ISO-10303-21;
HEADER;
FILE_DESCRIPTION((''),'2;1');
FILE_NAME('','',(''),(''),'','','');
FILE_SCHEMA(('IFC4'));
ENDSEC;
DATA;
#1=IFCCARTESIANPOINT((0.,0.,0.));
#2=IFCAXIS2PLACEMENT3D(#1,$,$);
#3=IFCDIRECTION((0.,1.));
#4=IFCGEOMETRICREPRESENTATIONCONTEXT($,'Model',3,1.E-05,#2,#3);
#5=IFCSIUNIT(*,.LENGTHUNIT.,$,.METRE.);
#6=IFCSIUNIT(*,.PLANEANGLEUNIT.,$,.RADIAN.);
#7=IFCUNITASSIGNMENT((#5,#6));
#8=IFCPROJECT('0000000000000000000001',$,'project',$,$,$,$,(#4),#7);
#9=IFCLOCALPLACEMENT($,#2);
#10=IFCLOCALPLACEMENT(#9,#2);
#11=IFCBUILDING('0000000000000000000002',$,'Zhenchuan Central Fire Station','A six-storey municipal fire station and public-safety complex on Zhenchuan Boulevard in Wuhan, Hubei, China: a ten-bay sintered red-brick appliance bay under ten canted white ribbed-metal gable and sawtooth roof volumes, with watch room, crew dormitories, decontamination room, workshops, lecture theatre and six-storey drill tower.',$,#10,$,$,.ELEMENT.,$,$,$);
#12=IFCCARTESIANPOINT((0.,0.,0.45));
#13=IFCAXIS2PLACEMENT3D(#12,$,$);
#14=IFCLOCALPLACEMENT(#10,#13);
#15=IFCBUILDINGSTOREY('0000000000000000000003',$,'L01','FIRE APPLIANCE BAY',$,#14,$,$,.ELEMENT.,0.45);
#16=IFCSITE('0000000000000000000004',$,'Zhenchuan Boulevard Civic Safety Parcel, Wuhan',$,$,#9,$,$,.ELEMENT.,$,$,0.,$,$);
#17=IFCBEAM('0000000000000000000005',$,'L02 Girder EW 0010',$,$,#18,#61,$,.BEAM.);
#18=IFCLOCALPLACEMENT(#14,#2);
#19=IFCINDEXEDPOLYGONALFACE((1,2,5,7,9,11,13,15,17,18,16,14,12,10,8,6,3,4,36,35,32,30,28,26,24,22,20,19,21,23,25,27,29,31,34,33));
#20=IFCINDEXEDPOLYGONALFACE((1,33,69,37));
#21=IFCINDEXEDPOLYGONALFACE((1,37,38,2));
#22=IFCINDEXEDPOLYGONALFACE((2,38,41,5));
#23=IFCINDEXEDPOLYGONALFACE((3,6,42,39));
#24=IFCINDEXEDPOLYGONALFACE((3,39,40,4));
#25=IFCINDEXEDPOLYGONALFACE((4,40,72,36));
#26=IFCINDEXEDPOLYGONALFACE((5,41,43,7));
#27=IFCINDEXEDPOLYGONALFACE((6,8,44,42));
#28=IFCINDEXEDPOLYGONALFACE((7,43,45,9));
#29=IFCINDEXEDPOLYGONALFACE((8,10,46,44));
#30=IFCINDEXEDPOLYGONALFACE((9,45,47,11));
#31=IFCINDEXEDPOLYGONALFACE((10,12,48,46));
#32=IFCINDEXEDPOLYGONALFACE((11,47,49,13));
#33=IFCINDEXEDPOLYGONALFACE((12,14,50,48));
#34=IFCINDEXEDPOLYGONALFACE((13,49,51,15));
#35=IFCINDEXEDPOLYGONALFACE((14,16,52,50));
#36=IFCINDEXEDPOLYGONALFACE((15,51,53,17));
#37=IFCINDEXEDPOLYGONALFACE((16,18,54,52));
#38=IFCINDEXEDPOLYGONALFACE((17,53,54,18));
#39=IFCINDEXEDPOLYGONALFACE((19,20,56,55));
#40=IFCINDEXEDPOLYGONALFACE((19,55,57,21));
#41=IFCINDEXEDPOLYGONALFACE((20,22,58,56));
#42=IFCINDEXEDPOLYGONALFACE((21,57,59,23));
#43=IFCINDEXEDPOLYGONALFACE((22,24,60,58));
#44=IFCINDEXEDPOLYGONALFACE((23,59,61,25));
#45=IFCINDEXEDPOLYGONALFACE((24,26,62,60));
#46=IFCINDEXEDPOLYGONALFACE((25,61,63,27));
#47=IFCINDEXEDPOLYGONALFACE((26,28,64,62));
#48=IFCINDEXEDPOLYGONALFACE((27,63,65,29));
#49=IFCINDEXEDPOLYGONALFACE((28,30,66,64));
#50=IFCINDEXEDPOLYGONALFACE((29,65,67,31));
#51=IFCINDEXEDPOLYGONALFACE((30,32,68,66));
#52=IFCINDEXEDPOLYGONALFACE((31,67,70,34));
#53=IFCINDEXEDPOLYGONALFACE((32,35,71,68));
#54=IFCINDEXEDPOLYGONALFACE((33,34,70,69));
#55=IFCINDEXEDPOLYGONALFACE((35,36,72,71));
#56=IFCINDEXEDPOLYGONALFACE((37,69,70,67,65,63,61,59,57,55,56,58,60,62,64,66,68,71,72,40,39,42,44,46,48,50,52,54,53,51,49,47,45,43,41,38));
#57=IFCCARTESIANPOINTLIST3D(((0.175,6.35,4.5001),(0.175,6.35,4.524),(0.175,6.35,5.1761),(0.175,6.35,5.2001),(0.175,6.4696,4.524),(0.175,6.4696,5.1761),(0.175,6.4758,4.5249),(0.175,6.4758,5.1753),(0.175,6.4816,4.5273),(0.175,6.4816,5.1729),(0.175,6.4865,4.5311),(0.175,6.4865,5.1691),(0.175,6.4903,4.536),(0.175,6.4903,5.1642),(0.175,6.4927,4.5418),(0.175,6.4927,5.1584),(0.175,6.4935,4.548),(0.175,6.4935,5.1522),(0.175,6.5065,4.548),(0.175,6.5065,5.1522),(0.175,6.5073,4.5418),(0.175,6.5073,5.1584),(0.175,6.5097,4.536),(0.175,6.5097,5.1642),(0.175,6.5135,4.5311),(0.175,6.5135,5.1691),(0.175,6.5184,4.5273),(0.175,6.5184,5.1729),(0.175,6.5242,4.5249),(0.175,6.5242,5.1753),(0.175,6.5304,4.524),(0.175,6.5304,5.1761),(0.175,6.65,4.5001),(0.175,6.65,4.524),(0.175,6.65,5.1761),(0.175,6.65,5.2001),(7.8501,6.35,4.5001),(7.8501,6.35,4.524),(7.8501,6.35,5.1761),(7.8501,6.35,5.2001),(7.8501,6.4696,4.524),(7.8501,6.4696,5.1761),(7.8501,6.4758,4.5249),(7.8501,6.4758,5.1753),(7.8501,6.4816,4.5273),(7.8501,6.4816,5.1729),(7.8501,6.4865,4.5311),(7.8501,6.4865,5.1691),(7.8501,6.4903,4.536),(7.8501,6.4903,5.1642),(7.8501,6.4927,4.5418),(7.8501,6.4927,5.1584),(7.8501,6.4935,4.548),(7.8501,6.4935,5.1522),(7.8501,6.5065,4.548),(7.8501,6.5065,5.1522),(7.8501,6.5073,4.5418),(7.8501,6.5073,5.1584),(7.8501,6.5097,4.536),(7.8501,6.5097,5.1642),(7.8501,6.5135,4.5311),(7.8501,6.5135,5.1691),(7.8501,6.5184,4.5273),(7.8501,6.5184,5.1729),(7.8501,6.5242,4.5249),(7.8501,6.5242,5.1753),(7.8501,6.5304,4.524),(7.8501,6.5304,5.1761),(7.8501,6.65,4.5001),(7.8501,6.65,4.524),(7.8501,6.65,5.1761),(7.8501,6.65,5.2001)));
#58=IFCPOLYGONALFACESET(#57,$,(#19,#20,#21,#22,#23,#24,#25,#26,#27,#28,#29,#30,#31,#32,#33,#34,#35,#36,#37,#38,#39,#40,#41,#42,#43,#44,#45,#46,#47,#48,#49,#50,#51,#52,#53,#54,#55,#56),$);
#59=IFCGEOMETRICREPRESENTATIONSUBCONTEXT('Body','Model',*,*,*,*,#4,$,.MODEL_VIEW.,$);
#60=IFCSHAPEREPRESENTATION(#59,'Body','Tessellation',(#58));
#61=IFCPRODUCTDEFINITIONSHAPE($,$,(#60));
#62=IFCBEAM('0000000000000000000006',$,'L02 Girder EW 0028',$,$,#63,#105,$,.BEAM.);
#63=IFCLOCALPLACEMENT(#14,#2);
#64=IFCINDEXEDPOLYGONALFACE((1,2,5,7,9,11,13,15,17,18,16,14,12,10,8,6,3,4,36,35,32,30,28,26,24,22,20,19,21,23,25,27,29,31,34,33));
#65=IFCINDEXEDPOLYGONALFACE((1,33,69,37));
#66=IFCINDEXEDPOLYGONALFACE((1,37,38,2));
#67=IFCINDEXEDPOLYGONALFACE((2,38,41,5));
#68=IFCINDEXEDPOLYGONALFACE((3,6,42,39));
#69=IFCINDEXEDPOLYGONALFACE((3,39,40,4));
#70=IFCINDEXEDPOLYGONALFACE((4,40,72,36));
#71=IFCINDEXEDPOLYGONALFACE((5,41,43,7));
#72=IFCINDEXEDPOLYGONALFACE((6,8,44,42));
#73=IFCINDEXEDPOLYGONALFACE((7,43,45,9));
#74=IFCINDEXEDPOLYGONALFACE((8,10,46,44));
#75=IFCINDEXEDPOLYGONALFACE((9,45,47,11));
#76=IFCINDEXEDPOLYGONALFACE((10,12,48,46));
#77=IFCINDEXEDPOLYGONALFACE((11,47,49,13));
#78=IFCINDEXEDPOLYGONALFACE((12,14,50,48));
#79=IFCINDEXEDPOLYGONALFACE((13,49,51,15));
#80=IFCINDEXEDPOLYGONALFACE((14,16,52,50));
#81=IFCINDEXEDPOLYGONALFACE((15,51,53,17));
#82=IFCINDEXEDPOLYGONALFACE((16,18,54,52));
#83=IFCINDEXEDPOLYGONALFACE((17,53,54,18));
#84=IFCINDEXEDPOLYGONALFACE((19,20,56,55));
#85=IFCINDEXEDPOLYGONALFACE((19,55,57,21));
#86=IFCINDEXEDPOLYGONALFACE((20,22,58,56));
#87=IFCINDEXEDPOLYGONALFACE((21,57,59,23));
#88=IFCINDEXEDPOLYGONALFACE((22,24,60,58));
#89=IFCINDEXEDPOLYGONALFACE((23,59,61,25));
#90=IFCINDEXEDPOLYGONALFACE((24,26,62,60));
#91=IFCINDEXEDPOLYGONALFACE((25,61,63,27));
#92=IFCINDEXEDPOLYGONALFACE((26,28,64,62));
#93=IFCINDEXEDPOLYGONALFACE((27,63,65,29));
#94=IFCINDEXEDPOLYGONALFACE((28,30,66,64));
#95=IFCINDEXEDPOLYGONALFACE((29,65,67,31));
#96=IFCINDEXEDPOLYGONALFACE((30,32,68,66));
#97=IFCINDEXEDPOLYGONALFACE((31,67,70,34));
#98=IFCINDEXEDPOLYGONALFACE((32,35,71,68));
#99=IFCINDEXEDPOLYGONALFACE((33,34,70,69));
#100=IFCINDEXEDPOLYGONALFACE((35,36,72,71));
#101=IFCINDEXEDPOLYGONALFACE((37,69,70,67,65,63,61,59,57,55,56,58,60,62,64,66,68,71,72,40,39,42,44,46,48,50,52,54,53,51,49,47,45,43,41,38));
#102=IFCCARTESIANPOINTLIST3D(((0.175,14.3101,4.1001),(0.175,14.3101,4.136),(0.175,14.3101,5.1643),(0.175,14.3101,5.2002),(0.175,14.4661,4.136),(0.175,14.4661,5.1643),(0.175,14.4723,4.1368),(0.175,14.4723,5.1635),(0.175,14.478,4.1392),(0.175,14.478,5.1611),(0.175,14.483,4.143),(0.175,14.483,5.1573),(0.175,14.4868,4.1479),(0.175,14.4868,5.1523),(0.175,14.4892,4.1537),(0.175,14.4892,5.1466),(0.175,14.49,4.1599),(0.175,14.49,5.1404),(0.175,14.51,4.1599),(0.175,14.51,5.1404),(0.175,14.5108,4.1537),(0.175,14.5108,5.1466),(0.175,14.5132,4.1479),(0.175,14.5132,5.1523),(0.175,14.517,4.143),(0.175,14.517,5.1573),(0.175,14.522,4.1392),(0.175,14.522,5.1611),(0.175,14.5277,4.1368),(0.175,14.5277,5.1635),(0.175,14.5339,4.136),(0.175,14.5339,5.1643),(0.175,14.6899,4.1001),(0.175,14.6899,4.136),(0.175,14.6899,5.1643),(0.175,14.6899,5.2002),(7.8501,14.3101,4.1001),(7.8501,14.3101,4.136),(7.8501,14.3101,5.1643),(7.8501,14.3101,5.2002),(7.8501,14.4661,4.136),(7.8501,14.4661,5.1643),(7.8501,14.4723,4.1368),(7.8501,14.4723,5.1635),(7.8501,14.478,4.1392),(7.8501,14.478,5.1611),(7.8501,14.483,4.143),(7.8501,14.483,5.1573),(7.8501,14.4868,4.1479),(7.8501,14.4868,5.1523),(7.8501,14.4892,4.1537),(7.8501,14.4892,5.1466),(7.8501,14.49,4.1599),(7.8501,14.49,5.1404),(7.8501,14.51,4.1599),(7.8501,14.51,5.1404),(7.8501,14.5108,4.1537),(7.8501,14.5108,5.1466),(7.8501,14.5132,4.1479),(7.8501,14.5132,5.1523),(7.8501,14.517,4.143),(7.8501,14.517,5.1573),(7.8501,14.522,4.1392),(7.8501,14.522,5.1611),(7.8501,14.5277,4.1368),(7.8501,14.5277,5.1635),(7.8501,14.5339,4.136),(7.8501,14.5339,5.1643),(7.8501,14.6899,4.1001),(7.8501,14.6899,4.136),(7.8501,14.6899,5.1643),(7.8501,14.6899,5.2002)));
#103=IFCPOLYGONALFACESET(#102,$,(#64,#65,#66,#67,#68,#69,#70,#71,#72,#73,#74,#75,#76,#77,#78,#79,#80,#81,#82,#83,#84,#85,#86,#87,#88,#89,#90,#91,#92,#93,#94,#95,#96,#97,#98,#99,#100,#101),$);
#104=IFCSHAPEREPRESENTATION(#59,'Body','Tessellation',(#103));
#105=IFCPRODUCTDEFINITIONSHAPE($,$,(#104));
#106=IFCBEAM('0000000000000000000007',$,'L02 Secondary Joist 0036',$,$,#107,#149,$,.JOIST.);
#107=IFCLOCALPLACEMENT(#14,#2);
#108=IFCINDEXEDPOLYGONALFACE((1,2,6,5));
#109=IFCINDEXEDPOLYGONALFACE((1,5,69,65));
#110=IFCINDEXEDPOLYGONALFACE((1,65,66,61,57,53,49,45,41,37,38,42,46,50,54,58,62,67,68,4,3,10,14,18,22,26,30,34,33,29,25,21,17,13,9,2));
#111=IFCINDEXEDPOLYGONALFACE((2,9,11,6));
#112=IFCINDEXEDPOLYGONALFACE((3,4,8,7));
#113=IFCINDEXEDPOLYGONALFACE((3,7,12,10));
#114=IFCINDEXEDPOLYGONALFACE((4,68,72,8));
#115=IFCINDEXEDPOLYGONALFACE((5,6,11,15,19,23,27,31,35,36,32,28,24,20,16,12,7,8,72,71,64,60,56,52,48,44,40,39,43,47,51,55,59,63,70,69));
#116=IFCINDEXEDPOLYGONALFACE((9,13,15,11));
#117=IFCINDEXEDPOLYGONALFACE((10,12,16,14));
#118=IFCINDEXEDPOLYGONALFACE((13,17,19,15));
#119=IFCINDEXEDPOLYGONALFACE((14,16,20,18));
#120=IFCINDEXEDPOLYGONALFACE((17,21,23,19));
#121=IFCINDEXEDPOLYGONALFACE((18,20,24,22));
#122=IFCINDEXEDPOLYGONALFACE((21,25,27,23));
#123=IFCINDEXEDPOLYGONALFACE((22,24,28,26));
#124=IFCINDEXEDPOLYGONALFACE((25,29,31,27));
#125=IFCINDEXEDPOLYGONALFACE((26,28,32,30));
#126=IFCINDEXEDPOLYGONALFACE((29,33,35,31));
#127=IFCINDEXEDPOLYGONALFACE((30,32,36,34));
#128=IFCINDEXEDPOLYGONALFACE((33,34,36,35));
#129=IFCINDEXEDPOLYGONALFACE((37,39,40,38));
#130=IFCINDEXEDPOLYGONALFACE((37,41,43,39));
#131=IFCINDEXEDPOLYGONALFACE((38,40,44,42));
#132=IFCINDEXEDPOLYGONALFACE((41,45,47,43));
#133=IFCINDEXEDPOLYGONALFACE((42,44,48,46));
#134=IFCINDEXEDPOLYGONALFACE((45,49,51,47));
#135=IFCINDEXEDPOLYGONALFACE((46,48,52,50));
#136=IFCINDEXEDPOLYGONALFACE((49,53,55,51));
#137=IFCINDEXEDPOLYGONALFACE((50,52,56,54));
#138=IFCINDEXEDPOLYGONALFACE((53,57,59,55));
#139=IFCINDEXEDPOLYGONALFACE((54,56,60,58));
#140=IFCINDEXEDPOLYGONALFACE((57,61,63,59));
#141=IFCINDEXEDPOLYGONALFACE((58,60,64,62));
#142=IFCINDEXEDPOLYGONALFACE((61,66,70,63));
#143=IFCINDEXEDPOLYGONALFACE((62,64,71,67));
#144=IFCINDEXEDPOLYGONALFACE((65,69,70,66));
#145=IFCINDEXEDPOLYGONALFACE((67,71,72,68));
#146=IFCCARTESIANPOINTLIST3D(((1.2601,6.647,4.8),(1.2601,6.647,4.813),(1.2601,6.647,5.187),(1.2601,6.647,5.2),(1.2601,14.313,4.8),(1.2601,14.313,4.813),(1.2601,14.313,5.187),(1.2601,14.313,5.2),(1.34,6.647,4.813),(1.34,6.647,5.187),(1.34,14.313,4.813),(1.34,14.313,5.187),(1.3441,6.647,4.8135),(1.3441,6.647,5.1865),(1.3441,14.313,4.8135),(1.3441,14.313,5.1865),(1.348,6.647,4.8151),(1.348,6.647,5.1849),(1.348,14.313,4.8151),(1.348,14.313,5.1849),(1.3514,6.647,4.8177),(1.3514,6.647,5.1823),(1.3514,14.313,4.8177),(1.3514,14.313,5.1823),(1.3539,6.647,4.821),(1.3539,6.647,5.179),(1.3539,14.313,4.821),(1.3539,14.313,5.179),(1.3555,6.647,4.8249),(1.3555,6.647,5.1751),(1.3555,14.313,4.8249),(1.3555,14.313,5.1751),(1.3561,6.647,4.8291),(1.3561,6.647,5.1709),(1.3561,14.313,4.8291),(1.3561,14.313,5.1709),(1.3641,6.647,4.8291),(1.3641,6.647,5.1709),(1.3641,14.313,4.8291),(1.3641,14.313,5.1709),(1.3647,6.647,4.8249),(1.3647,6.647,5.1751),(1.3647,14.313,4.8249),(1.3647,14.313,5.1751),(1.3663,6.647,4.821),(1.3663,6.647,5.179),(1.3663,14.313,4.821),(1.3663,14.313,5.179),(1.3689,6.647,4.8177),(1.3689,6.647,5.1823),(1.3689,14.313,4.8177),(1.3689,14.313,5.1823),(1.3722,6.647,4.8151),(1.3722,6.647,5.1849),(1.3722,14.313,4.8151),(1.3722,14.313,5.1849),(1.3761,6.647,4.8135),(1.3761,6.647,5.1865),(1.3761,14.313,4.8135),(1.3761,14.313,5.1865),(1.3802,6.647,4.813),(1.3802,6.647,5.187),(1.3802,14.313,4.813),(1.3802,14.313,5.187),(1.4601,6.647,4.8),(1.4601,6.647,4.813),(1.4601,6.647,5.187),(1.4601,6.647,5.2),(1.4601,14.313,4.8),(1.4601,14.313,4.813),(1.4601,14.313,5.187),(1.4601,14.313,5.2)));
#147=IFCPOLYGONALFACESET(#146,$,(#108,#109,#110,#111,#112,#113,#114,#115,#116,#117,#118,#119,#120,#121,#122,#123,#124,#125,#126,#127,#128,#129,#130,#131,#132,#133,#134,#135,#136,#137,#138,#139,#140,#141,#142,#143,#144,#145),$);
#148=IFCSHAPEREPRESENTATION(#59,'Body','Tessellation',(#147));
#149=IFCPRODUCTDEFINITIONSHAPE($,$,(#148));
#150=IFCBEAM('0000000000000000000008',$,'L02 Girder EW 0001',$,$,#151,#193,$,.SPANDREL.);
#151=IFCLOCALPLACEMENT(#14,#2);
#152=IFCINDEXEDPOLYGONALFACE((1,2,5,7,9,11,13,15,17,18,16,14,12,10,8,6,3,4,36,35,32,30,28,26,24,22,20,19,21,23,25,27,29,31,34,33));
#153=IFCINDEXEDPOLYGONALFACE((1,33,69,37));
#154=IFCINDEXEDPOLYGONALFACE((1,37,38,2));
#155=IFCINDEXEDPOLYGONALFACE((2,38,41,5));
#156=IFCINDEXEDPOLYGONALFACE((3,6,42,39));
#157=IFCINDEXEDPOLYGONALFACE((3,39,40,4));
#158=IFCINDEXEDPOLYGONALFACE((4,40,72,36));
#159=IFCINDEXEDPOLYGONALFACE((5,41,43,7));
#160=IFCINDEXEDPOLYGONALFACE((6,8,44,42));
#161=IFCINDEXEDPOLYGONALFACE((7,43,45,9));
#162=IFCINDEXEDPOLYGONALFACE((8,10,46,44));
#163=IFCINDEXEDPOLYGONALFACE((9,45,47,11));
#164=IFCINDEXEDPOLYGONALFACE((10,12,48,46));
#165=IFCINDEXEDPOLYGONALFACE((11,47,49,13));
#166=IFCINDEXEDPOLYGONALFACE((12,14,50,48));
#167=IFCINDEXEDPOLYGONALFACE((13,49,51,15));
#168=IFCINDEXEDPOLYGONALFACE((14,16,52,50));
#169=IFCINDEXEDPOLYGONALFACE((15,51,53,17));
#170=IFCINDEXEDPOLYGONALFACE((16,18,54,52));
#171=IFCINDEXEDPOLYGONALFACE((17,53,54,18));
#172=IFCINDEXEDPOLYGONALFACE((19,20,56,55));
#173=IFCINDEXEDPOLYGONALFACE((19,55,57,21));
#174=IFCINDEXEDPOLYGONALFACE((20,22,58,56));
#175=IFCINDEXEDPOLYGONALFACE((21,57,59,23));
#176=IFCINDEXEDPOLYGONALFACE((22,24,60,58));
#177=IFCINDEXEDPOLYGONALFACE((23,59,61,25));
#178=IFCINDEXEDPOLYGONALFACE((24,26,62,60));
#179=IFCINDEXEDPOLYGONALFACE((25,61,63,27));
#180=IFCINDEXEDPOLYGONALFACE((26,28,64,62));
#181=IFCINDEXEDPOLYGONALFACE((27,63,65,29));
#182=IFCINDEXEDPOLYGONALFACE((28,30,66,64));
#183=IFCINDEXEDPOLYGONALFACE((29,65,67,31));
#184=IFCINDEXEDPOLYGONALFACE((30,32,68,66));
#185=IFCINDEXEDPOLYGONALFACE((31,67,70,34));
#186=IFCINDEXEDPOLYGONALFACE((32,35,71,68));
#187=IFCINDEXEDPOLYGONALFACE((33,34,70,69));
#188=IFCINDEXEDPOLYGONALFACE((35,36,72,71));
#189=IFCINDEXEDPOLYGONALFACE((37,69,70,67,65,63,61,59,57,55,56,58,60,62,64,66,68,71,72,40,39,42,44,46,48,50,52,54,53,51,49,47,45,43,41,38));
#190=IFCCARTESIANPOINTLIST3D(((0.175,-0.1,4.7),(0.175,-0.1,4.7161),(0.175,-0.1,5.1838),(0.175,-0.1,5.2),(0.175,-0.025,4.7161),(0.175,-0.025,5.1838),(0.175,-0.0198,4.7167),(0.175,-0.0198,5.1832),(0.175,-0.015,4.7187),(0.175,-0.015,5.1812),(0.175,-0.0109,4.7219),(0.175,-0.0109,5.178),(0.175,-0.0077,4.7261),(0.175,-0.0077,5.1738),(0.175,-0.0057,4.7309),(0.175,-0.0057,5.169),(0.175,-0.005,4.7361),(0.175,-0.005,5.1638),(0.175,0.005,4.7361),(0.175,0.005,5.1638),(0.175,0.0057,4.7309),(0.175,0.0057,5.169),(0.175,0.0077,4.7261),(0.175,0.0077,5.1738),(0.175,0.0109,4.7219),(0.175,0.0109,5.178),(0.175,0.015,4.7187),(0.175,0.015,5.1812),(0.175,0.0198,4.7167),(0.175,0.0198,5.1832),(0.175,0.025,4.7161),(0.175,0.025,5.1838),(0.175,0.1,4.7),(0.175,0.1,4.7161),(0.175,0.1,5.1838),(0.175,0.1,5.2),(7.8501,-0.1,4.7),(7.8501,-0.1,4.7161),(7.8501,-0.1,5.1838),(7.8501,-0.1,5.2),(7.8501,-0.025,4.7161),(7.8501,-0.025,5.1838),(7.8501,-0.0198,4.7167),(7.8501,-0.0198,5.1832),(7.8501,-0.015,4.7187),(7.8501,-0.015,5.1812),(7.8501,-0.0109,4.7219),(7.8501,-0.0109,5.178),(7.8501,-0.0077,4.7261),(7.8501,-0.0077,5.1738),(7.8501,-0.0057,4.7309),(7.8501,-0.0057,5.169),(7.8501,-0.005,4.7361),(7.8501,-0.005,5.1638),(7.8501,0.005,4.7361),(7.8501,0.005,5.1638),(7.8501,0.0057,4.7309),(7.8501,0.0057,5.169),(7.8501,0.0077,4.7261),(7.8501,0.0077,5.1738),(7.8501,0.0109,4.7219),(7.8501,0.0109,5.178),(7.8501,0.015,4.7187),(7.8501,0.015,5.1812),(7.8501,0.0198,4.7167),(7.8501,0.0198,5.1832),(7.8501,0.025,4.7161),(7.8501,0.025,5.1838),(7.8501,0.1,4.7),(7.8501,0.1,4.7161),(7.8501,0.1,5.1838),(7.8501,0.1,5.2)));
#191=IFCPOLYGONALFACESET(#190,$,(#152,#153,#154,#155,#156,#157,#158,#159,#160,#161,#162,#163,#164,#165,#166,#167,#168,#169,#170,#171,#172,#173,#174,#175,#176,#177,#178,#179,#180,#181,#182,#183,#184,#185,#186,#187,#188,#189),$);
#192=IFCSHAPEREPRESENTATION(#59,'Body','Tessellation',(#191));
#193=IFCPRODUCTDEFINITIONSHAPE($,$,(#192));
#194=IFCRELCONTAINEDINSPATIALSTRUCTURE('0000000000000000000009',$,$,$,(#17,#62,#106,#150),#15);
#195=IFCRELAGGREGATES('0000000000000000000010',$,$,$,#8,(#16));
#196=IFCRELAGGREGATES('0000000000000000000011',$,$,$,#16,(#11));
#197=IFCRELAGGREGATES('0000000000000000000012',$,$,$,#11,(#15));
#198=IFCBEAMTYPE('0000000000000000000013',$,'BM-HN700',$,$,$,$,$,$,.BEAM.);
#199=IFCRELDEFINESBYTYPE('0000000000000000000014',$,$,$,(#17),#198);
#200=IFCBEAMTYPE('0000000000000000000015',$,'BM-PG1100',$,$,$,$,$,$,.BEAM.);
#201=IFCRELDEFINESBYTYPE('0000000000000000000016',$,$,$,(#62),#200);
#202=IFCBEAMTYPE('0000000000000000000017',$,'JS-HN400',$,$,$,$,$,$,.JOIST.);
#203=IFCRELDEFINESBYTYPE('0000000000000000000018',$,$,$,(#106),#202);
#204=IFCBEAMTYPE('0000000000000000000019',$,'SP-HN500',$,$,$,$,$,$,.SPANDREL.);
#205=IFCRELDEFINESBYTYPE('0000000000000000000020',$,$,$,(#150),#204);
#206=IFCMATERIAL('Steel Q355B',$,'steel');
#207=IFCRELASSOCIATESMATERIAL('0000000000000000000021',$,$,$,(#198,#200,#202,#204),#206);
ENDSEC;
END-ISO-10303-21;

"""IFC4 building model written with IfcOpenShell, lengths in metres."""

from ifc_helpers import new_model, si_unit, direction, frame, origin, origin_2d, place, context, subcontext, project, spatial, i_section, extrude, material, material_profile, profile_set, type_object, element, save


model = new_model("IFC4")

# Units and contexts
model_context = context("Model", 3, precision=1e-05, world=origin(), true_north=direction((0.0, 1.0)))
body_context = subcontext(model_context, "Body", "Model", "MODEL_VIEW")
ifc_project = project(units=[si_unit("LENGTHUNIT", "METRE"), si_unit("PLANEANGLEUNIT", "RADIAN")], contexts=[model_context])

# Site, building, storey
site_placement = place(None, origin())
site = spatial("IfcSite", under=ifc_project, at=site_placement, Name="Zhenchuan Boulevard Civic Safety Parcel, Wuhan", CompositionType="ELEMENT", RefElevation=0.0)
building_placement = place(site_placement, origin())
building = spatial("IfcBuilding", under=site, at=building_placement, Name="Zhenchuan Central Fire Station", Description="A six-storey municipal fire station and public-safety complex on Zhenchuan Boulevard in Wuhan, Hubei, China: a ten-bay sintered red-brick appliance bay under ten canted white ribbed-metal gable and sawtooth roof volumes, with watch room, crew dormitories, decontamination room, workshops, lecture theatre and six-storey drill tower.", CompositionType="ELEMENT")
storey_placement = place(building_placement, frame((0.0, 0.0, 0.45)))
storey = spatial("IfcBuildingStorey", under=building, at=storey_placement, Name="L01", Description="FIRE APPLIANCE BAY", CompositionType="ELEMENT", Elevation=0.45)

# Shared definitions
ifc_material_1 = material(Name="Steel Q355B", Category="steel")

# Beams
ifc_material_profile_1 = material_profile(ifc_material_1, i_section(OverallWidth=0.3, OverallDepth=0.7, WebThickness=0.0129, FlangeThickness=0.0239, FilletRadius=0.0239, at=origin_2d()), Name="HN 700x300")
ifc_profile_set_1 = profile_set([ifc_material_profile_1], Name="Steel Q355B")
beam_type_1 = type_object("IfcBeamType", Name="BM-HN700", PredefinedType="BEAM", material=ifc_profile_set_1)
beam_1_placement = place(storey_placement, frame((0.175, 6.5, 4.8501), z_axis=(1.0, 0.0, 0.0), x_axis=(0.0, 1.0, 0.0)))
element("IfcBeam", 1, at=beam_1_placement, inside=storey, type_object=beam_type_1, Name="L02 Girder EW 0010", PredefinedType="BEAM", context=body_context, shape_type="SweptSolid", body=[
    extrude(i_section(OverallWidth=0.3, OverallDepth=0.7, WebThickness=0.0129, FlangeThickness=0.0239, FilletRadius=0.0239, at=origin_2d()), origin(), (0.0, 0.0, 1.0), 7.675),
])
ifc_material_profile_2 = material_profile(ifc_material_1, i_section(OverallWidth=0.3799, OverallDepth=1.1001, WebThickness=0.02, FlangeThickness=0.0359, FilletRadius=0.0239, at=origin_2d()), Name="PG 1100x380")
ifc_profile_set_2 = profile_set([ifc_material_profile_2], Name="Steel Q355B")
beam_type_2 = type_object("IfcBeamType", Name="BM-PG1100", PredefinedType="BEAM", material=ifc_profile_set_2)
beam_2_placement = place(storey_placement, frame((0.175, 14.5, 4.6501), z_axis=(1.0, 0.0, 0.0), x_axis=(0.0, 1.0, 0.0)))
element("IfcBeam", 2, at=beam_2_placement, inside=storey, type_object=beam_type_2, Name="L02 Girder EW 0028", PredefinedType="BEAM", context=body_context, shape_type="SweptSolid", body=[
    extrude(i_section(OverallWidth=0.3799, OverallDepth=1.1001, WebThickness=0.02, FlangeThickness=0.0359, FilletRadius=0.0239, at=origin_2d()), origin(), (0.0, 0.0, 1.0), 7.675),
])
ifc_material_profile_3 = material_profile(ifc_material_1, i_section(OverallWidth=0.2, OverallDepth=0.3999, WebThickness=0.0081, FlangeThickness=0.0129, FilletRadius=0.0161, at=origin_2d()), Name="HN 400x200")
ifc_profile_set_3 = profile_set([ifc_material_profile_3], Name="Steel Q355B")
beam_type_3 = type_object("IfcBeamType", Name="JS-HN400", PredefinedType="JOIST", material=ifc_profile_set_3)
beam_3_placement = place(storey_placement, frame((1.3601, 6.647, 5.0), z_axis=(0.0, 1.0, 0.0), x_axis=(-1.0, 0.0, 0.0)))
element("IfcBeam", 3, at=beam_3_placement, inside=storey, type_object=beam_type_3, Name="L02 Secondary Joist 0036", PredefinedType="JOIST", context=body_context, shape_type="SweptSolid", body=[
    extrude(i_section(OverallWidth=0.2, OverallDepth=0.3999, WebThickness=0.0081, FlangeThickness=0.0129, FilletRadius=0.0161, at=origin_2d()), origin(), (0.0, 0.0, 1.0), 7.666),
])
ifc_material_profile_4 = material_profile(ifc_material_1, i_section(OverallWidth=0.2, OverallDepth=0.5, WebThickness=0.01, FlangeThickness=0.0161, FilletRadius=0.02, at=origin_2d()), Name="HN 500x200")
ifc_profile_set_4 = profile_set([ifc_material_profile_4], Name="Steel Q355B")
beam_type_4 = type_object("IfcBeamType", Name="SP-HN500", PredefinedType="SPANDREL", material=ifc_profile_set_4)
beam_4_placement = place(storey_placement, frame((0.175, 0.0, 4.95), z_axis=(1.0, 0.0, 0.0), x_axis=(0.0, 1.0, 0.0)))
element("IfcBeam", 4, at=beam_4_placement, inside=storey, type_object=beam_type_4, Name="L02 Girder EW 0001", PredefinedType="SPANDREL", context=body_context, shape_type="SweptSolid", body=[
    extrude(i_section(OverallWidth=0.2, OverallDepth=0.5, WebThickness=0.01, FlangeThickness=0.0161, FilletRadius=0.02, at=origin_2d()), origin(), (0.0, 0.0, 1.0), 7.675),
])

save(model, "model.ifc")
